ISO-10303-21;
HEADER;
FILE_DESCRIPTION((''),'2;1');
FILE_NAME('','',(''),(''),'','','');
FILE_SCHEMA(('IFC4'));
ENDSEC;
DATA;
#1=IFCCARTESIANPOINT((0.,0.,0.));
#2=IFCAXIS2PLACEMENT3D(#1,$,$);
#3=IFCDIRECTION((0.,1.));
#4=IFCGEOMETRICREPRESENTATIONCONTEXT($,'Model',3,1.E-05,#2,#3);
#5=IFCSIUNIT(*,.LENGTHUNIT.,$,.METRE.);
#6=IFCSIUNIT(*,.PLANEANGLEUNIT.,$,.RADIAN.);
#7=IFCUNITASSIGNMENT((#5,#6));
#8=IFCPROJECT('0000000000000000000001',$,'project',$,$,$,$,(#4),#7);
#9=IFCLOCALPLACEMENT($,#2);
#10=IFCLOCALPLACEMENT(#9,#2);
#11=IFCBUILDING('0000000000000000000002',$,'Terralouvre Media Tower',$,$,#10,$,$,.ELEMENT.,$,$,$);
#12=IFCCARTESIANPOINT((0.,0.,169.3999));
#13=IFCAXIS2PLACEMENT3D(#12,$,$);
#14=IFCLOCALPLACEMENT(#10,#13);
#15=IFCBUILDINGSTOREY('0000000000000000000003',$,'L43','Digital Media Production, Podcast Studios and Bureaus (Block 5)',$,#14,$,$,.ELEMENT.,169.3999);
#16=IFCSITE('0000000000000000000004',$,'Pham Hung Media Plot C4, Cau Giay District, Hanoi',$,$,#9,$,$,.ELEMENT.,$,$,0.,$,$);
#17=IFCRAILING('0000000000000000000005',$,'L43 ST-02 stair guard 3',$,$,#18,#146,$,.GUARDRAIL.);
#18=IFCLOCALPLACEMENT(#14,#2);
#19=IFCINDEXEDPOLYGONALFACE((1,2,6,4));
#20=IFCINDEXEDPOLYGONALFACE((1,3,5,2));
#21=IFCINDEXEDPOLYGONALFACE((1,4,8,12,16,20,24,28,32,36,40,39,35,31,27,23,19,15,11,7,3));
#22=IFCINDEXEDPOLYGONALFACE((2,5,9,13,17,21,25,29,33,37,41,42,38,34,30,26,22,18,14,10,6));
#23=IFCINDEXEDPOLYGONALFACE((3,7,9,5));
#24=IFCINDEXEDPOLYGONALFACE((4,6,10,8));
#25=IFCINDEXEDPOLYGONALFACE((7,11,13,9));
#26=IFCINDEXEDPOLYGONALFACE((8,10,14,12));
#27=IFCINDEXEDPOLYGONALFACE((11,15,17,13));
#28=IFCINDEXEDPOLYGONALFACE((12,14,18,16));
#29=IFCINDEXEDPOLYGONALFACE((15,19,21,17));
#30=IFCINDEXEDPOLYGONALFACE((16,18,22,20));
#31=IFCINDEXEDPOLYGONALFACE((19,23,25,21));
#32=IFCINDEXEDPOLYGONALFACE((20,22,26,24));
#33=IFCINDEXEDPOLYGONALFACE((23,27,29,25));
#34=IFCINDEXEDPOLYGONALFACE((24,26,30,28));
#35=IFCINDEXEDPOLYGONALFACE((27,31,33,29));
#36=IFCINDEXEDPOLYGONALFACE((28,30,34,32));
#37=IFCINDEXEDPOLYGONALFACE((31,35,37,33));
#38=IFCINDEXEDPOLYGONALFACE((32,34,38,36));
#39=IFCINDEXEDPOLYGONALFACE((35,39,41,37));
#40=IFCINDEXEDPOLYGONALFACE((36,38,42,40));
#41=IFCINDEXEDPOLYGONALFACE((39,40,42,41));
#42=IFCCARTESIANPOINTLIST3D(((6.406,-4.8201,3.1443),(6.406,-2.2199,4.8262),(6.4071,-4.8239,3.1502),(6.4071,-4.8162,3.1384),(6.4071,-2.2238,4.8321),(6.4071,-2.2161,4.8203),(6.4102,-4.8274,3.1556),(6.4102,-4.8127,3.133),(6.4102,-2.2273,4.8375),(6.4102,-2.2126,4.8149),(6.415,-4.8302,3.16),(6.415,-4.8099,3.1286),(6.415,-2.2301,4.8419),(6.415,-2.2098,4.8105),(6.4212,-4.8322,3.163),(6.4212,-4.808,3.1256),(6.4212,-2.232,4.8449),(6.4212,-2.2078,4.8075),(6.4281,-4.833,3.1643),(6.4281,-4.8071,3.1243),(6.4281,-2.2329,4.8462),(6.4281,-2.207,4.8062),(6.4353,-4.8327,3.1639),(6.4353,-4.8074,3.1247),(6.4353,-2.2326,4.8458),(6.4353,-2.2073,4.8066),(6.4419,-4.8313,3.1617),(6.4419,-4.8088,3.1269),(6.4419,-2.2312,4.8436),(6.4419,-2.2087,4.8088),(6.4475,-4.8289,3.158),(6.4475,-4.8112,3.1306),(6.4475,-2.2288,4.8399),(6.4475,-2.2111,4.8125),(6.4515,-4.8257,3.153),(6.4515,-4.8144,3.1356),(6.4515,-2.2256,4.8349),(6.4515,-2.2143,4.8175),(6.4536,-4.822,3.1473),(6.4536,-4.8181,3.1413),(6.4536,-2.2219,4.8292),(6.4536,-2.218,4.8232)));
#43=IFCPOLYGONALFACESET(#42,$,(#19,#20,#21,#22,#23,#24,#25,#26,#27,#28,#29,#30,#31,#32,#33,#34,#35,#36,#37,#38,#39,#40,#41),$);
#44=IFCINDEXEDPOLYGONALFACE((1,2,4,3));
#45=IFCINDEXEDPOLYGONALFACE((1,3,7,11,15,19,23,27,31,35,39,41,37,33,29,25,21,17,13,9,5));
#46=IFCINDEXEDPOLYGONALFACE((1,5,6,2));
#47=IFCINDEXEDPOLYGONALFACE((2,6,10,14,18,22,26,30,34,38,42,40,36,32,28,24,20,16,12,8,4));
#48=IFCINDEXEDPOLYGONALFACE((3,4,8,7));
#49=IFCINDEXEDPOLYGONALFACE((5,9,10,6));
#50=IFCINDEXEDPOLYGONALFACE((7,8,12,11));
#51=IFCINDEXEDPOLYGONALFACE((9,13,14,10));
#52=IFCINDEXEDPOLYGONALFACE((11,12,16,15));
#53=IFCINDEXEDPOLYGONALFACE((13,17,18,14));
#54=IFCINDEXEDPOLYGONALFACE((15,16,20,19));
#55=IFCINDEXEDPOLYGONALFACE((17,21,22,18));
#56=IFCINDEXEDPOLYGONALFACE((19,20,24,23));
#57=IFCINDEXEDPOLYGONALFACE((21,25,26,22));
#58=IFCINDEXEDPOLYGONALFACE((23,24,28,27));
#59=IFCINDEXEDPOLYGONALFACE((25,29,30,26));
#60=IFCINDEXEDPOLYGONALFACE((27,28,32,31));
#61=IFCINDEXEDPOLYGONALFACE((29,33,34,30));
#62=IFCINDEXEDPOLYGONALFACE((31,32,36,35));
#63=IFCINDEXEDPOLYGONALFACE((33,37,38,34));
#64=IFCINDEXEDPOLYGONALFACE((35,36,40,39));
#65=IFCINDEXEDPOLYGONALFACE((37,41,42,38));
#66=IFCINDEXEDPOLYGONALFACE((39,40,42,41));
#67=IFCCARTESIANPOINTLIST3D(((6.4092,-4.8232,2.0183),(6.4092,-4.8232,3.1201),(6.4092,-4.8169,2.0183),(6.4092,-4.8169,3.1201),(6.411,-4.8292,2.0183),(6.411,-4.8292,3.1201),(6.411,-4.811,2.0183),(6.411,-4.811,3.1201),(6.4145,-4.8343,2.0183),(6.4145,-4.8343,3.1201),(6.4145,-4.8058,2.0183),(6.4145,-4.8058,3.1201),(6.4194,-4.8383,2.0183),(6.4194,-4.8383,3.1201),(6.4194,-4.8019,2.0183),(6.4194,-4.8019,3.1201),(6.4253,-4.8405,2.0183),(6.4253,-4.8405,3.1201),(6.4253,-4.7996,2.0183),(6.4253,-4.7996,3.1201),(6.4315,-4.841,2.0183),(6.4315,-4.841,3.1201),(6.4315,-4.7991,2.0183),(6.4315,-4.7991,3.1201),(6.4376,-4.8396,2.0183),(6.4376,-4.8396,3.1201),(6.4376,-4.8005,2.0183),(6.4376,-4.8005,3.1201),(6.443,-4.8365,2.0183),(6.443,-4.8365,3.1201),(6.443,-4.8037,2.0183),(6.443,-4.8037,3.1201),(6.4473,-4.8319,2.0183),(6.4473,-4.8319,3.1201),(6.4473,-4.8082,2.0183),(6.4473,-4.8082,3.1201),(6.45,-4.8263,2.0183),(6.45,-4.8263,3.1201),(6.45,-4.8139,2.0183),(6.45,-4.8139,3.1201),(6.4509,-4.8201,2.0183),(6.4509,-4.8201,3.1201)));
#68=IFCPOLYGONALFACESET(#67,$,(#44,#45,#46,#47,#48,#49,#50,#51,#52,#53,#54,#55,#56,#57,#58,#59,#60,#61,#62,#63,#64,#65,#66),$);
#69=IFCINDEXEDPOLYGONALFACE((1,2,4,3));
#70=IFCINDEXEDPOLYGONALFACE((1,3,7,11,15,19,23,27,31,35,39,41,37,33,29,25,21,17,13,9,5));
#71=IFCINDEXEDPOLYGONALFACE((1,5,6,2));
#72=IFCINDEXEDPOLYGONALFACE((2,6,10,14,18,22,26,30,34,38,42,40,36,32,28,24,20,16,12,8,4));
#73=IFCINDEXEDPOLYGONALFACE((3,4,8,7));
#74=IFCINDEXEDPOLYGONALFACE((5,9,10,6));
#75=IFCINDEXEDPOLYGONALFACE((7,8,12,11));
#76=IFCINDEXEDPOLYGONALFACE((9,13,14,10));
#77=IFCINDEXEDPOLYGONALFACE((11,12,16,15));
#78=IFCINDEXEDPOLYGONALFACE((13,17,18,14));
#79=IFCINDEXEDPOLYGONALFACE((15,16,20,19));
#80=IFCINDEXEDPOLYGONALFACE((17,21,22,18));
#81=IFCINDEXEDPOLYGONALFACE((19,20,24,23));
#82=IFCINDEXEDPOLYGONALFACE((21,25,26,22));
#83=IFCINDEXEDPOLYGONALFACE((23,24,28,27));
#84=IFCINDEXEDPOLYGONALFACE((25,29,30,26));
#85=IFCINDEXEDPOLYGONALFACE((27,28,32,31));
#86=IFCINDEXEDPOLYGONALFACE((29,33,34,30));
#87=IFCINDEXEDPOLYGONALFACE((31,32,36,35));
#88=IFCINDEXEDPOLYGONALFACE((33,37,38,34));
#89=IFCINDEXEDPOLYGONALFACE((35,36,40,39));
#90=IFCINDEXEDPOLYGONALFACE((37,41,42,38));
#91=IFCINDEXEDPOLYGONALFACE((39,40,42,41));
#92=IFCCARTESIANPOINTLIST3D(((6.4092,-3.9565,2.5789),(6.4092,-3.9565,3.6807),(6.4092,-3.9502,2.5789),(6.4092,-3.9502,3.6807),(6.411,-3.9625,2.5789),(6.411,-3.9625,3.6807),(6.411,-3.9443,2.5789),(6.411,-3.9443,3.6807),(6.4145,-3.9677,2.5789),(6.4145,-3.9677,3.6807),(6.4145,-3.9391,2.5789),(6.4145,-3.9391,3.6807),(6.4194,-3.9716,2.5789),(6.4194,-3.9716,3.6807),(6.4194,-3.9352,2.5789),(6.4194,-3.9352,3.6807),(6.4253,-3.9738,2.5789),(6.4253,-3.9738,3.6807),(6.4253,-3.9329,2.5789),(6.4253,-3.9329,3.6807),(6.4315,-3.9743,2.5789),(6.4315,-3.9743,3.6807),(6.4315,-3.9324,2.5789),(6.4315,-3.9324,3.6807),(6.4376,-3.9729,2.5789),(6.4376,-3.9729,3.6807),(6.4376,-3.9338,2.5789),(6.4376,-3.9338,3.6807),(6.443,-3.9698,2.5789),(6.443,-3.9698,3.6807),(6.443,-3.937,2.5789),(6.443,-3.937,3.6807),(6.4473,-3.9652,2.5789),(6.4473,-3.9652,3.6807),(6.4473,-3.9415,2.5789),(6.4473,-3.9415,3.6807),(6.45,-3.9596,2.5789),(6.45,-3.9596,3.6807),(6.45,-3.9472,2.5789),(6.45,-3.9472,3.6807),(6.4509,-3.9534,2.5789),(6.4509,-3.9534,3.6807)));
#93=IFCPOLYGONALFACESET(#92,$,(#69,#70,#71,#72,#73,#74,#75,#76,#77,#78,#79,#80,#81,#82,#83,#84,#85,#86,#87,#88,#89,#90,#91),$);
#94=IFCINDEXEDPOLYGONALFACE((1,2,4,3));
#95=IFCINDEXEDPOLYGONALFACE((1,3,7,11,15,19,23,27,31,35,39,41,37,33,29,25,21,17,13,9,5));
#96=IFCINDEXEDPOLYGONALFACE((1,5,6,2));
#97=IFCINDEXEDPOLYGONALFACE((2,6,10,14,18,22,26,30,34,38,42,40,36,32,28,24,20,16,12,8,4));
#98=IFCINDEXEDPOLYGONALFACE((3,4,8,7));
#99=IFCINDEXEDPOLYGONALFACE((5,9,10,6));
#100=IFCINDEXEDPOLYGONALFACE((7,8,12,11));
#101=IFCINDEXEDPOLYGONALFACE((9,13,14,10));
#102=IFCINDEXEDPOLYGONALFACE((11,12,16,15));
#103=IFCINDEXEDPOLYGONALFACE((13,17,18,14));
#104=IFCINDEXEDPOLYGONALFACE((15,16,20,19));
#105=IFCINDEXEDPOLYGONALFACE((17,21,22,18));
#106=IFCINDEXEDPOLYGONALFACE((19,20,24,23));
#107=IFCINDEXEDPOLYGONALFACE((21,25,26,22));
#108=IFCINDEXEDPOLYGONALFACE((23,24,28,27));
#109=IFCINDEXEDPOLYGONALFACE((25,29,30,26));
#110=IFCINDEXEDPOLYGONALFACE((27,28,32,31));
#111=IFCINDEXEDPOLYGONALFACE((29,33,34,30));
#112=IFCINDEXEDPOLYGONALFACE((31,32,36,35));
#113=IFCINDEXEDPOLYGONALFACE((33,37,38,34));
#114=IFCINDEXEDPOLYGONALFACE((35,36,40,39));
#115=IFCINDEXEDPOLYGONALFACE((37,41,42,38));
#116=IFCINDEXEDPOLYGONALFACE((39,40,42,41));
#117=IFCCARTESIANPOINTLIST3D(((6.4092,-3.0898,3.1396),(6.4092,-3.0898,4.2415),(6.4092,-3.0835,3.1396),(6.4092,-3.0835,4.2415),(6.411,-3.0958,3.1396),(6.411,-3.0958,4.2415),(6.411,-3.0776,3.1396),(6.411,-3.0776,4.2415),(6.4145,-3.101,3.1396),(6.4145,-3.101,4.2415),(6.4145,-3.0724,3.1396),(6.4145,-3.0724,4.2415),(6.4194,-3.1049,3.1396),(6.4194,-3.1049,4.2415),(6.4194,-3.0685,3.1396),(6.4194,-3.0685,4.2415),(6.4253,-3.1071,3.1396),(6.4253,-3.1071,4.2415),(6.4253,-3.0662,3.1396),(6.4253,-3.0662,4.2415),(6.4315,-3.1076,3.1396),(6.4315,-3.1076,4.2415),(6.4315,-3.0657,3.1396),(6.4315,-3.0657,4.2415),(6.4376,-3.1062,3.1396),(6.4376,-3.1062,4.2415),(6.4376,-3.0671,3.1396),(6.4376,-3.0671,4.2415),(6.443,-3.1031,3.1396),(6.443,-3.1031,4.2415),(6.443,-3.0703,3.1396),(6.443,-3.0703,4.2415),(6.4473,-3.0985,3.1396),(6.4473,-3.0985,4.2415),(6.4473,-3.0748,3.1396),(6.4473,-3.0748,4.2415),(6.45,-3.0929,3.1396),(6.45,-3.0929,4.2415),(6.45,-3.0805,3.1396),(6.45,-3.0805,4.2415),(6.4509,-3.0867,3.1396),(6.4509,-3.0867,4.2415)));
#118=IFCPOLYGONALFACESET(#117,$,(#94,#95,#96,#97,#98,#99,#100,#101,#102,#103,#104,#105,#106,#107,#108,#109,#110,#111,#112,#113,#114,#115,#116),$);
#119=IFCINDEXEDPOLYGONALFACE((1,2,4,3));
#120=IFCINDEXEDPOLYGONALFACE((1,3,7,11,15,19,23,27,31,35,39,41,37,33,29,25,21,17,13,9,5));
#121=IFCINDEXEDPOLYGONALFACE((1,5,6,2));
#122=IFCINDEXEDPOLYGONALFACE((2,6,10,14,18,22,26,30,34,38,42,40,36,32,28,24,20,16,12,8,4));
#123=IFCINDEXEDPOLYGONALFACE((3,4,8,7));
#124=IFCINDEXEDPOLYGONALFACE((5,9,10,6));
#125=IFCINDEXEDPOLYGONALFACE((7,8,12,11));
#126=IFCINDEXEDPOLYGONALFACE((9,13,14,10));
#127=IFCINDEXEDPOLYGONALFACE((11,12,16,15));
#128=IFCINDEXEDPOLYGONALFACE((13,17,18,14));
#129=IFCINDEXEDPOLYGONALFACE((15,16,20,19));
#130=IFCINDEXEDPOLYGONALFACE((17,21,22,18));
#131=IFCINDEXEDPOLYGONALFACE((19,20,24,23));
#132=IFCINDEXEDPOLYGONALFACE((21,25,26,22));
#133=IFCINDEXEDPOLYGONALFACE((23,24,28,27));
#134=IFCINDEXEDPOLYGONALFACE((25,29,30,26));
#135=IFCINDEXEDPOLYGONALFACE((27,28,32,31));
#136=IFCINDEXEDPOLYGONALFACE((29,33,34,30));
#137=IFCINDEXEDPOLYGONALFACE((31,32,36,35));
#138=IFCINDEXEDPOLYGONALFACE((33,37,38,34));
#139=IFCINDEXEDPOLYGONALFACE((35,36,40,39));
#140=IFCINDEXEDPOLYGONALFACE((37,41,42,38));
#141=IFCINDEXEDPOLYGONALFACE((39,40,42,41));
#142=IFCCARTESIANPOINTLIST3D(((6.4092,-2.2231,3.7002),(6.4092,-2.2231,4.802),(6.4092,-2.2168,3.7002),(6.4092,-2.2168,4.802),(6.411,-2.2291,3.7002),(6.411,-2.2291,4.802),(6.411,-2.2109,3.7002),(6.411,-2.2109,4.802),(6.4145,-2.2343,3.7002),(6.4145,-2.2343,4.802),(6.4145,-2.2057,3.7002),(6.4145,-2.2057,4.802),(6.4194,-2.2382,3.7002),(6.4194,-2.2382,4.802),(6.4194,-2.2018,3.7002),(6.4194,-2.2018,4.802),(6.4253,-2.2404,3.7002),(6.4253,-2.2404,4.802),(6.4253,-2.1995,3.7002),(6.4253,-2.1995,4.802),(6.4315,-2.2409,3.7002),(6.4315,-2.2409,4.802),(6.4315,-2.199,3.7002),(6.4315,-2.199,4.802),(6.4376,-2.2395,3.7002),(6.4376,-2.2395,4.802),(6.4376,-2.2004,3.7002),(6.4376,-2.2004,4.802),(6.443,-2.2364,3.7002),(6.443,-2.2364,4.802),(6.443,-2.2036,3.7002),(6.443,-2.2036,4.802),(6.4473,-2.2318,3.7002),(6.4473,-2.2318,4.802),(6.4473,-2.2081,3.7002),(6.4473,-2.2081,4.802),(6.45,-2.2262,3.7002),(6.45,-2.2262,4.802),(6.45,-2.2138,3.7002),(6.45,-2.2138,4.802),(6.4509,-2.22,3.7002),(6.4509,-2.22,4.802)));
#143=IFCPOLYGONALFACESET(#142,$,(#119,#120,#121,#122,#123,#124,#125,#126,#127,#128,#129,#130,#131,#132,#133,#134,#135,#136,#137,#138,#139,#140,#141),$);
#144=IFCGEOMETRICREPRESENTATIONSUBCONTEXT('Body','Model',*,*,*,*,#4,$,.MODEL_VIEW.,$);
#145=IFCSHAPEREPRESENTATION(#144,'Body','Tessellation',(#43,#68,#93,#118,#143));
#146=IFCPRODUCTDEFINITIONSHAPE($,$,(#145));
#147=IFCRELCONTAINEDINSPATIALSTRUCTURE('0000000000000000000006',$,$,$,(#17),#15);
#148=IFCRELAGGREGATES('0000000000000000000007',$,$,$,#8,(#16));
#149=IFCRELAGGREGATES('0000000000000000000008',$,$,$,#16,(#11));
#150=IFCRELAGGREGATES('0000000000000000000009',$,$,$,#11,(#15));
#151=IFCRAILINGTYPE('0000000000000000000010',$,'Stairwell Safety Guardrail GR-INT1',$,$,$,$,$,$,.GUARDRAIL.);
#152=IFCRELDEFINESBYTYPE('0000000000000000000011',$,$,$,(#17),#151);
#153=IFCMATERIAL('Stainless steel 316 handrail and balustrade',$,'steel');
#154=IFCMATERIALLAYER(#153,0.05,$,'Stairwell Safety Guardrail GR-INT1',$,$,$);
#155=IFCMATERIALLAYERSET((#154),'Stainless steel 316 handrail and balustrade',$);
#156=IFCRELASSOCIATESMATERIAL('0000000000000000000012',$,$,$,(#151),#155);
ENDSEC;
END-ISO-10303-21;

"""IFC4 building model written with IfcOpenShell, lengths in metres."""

from ifc_helpers import new_model, si_unit, direction, frame, origin, origin_2d, place, context, subcontext, project, spatial, circle, extrude, material, layer, layer_set, type_object, element, save


model = new_model("IFC4")

# Units and contexts
model_context = context("Model", 3, precision=1e-05, world=origin(), true_north=direction((0.0, 1.0)))
body_context = subcontext(model_context, "Body", "Model", "MODEL_VIEW")
ifc_project = project(units=[si_unit("LENGTHUNIT", "METRE"), si_unit("PLANEANGLEUNIT", "RADIAN")], contexts=[model_context])

# Site, building, storey
site_placement = place(None, origin())
site = spatial("IfcSite", under=ifc_project, at=site_placement, Name="Pham Hung Media Plot C4, Cau Giay District, Hanoi", CompositionType="ELEMENT", RefElevation=0.0)
building_placement = place(site_placement, origin())
building = spatial("IfcBuilding", under=site, at=building_placement, Name="Terralouvre Media Tower", CompositionType="ELEMENT")
storey_placement = place(building_placement, frame((0.0, 0.0, 169.3999)))
storey = spatial("IfcBuildingStorey", under=building, at=storey_placement, Name="L43", Description="Digital Media Production, Podcast Studios and Bureaus (Block 5)", CompositionType="ELEMENT", Elevation=169.3999)

# Railing
ifc_material_1 = material(Name="Stainless steel 316 handrail and balustrade", Category="steel")
ifc_layer_1 = layer(ifc_material_1, 0.05, Name="Stairwell Safety Guardrail GR-INT1")
ifc_layer_set_1 = layer_set([ifc_layer_1], Name="Stainless steel 316 handrail and balustrade")
railing_type_1 = type_object("IfcRailingType", Name="Stairwell Safety Guardrail GR-INT1", PredefinedType="GUARDRAIL", material=ifc_layer_set_1)
railing_1_placement = place(storey_placement, frame((6.4299, -4.8201, 2.0183)))
element("IfcRailing", 1, at=railing_1_placement, inside=storey, type_object=railing_type_1, Name="L43 ST-02 stair guard 3", PredefinedType="GUARDRAIL", context=body_context, shape_type="SweptSolid", body=[
    extrude(circle(Radius=0.0239, at=origin_2d()), frame((0.0, 0.0, 1.126), z_axis=(0.0, 0.839648, 0.54313), x_axis=(-1.0, 0.0, 0.0)), (0.0, 0.0, 1.0), 3.0967),
    extrude(circle(Radius=0.021, at=origin_2d()), origin(), (0.0, 0.0, 1.0), 1.1018),
    extrude(circle(Radius=0.021, at=origin_2d()), frame((0.0, 0.8667, 0.5605)), (0.0, 0.0, 1.0), 1.1018),
    extrude(circle(Radius=0.021, at=origin_2d()), frame((0.0, 1.7334, 1.1213)), (0.0, 0.0, 1.0), 1.1018),
    extrude(circle(Radius=0.021, at=origin_2d()), frame((0.0, 2.6001, 1.6819)), (0.0, 0.0, 1.0), 1.1018),
])

save(model, "model.ifc")
